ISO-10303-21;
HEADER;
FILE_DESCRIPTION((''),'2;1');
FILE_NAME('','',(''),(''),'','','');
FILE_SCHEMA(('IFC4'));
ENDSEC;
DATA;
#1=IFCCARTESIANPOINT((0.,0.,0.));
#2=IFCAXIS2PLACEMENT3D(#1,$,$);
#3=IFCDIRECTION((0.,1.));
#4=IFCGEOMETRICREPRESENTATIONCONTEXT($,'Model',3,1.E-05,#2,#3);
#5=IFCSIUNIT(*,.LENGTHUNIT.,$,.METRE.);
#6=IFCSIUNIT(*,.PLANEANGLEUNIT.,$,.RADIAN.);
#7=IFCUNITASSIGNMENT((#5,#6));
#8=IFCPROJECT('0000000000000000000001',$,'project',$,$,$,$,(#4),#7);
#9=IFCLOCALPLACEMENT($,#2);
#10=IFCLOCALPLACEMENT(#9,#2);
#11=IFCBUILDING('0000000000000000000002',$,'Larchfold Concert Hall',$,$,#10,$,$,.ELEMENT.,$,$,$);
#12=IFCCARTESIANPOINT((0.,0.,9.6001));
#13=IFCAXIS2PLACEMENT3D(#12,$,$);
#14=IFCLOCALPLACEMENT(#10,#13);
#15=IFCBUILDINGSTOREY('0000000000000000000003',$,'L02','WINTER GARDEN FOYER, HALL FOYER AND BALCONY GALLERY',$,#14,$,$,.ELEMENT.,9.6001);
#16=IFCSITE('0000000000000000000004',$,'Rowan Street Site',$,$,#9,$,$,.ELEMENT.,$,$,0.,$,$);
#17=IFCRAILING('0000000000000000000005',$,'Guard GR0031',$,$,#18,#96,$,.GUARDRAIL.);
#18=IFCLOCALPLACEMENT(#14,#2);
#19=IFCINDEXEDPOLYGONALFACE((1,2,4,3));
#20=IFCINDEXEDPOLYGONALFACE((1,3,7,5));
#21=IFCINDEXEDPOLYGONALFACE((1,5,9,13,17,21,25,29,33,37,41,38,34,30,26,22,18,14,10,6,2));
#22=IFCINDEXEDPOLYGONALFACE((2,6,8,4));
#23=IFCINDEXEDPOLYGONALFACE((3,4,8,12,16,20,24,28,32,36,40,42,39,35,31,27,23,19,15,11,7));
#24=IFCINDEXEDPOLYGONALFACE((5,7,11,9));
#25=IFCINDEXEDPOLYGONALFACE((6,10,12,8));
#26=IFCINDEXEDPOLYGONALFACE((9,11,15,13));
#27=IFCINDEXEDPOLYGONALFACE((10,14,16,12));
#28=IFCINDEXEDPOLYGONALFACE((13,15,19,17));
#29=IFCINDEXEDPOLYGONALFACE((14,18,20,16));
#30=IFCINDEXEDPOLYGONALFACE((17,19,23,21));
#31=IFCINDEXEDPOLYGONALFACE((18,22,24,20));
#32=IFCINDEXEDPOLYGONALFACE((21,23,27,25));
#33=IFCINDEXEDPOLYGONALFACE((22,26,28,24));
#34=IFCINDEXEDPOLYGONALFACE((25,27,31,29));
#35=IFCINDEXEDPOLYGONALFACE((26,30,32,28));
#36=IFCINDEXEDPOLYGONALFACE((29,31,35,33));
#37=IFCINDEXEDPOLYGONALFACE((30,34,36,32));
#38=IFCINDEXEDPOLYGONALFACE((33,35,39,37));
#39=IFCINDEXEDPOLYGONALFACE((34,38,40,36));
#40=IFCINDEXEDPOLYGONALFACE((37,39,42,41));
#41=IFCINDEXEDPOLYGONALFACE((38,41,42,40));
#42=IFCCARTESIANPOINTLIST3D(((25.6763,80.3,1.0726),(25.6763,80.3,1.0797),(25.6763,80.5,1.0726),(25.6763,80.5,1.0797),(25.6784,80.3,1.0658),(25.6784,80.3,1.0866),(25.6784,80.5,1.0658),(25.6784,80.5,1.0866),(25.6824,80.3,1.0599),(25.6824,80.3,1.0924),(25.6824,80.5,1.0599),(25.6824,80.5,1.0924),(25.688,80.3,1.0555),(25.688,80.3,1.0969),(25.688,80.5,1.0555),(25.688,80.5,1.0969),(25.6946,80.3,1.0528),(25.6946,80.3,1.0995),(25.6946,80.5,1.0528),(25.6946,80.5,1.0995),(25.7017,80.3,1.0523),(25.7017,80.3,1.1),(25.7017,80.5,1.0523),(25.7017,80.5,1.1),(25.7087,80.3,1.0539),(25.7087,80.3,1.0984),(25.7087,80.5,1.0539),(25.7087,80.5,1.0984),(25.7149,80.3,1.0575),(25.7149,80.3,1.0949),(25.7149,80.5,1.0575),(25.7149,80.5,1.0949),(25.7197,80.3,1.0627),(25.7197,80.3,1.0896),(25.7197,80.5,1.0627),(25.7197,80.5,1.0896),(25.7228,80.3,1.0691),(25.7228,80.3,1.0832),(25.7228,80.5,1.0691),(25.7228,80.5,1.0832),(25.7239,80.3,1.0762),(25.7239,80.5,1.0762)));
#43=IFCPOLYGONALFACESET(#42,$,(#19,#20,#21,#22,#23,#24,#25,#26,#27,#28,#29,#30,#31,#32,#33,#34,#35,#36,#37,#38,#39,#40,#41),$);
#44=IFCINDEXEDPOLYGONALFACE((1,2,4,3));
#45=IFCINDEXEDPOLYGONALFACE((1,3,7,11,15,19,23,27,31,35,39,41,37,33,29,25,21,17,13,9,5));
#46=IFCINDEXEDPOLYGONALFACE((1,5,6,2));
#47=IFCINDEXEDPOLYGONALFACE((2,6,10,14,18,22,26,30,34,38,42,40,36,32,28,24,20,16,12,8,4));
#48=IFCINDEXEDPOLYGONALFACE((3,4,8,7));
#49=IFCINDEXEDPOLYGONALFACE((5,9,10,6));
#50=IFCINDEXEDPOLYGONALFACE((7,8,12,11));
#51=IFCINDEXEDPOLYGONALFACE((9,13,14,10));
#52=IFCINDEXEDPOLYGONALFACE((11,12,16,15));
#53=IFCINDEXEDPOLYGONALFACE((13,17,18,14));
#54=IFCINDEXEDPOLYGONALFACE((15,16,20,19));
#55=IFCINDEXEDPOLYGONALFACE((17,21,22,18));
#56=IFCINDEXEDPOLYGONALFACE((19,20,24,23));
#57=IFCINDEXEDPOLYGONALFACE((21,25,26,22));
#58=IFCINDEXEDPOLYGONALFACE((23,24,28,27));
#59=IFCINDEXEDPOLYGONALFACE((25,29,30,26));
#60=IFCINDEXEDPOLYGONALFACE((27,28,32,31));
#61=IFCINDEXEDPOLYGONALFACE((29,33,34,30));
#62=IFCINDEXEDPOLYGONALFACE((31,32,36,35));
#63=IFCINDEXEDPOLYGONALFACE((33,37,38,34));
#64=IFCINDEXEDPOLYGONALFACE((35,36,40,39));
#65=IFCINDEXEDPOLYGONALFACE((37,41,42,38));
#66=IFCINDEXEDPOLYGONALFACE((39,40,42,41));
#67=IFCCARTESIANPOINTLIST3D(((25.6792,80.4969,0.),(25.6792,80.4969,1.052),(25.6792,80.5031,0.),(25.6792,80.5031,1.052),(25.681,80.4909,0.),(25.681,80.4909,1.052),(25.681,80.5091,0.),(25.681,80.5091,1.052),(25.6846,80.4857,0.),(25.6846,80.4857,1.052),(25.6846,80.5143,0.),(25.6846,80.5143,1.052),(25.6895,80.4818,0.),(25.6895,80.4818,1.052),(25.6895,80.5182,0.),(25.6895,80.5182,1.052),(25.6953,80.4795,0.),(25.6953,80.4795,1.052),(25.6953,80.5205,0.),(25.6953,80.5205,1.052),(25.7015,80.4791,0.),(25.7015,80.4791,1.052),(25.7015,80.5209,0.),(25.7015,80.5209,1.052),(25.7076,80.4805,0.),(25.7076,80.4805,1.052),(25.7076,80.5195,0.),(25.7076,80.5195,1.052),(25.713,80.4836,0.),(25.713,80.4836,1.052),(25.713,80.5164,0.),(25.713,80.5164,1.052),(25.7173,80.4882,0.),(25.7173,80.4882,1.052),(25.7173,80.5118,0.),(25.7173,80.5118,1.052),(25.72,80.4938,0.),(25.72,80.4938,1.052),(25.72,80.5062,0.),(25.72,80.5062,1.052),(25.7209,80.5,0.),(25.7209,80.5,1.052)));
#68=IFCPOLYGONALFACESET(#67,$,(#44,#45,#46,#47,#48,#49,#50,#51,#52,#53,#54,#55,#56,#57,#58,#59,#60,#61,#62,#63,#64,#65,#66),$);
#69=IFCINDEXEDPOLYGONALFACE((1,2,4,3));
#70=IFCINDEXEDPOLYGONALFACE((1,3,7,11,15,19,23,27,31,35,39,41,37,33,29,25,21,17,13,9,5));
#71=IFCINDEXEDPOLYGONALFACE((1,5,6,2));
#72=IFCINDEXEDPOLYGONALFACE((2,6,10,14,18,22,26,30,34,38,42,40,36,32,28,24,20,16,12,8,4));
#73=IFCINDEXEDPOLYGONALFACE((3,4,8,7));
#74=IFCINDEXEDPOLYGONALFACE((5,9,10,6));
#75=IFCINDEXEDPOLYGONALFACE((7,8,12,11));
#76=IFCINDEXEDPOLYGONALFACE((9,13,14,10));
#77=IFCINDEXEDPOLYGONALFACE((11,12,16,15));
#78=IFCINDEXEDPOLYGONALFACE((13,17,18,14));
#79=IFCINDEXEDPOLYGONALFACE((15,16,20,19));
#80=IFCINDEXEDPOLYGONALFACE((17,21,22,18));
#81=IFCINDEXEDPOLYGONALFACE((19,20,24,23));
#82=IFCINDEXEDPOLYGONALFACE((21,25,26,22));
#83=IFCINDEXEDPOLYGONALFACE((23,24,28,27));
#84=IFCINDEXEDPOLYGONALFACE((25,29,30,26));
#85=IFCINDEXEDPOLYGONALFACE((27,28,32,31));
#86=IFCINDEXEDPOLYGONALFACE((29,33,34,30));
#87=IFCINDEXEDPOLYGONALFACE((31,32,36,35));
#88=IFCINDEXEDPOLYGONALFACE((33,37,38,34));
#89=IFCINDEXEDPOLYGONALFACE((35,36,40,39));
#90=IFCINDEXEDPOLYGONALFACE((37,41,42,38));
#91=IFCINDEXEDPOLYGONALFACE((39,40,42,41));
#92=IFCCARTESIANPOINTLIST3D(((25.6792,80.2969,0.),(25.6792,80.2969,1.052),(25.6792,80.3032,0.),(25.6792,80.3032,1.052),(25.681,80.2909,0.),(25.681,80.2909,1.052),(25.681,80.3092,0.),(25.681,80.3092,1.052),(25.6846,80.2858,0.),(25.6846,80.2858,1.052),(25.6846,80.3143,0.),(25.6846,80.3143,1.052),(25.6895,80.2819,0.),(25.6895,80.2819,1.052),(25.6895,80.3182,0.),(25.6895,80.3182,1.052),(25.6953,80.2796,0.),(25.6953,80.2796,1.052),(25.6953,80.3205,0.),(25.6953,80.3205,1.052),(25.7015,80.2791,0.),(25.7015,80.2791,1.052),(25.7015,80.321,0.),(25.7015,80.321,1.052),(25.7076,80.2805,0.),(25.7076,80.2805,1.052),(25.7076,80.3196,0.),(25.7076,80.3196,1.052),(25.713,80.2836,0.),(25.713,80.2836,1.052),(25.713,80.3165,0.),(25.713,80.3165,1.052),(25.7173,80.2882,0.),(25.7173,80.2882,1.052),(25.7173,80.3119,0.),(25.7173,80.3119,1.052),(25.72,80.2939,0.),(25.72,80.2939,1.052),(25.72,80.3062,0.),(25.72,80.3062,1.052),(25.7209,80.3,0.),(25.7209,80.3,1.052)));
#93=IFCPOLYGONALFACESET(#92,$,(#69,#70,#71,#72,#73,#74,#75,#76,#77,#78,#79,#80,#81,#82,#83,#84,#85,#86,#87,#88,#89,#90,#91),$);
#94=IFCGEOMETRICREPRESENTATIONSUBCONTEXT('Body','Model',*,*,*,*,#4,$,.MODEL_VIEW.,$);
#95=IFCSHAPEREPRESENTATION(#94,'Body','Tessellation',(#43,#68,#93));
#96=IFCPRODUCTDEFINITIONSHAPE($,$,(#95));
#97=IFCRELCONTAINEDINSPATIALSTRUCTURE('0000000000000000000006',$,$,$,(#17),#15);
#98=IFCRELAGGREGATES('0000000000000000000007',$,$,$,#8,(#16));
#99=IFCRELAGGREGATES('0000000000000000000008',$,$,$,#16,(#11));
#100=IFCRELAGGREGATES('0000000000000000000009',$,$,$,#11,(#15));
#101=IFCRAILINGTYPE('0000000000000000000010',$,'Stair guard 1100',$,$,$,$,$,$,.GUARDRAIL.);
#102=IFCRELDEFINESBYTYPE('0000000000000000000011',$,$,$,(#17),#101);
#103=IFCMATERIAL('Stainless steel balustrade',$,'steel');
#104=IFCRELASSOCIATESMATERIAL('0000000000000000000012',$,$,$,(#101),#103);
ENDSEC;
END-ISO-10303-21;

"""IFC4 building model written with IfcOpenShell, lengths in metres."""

from ifc_helpers import new_model, si_unit, direction, frame, origin, origin_2d, place, context, subcontext, project, spatial, circle, extrude, material, type_object, element, save


model = new_model("IFC4")

# Units and contexts
model_context = context("Model", 3, precision=1e-05, world=origin(), true_north=direction((0.0, 1.0)))
body_context = subcontext(model_context, "Body", "Model", "MODEL_VIEW")
ifc_project = project(units=[si_unit("LENGTHUNIT", "METRE"), si_unit("PLANEANGLEUNIT", "RADIAN")], contexts=[model_context])

# Site, building, storey
site_placement = place(None, origin())
site = spatial("IfcSite", under=ifc_project, at=site_placement, Name="Rowan Street Site", CompositionType="ELEMENT", RefElevation=0.0)
building_placement = place(site_placement, origin())
building = spatial("IfcBuilding", under=site, at=building_placement, Name="Larchfold Concert Hall", CompositionType="ELEMENT")
storey_placement = place(building_placement, frame((0.0, 0.0, 9.6001)))
storey = spatial("IfcBuildingStorey", under=building, at=storey_placement, Name="L02", Description="WINTER GARDEN FOYER, HALL FOYER AND BALCONY GALLERY", CompositionType="ELEMENT", Elevation=9.6001)

# Railing
ifc_material_1 = material(Name="Stainless steel balustrade", Category="steel")
railing_type_1 = type_object("IfcRailingType", Name="Stair guard 1100", PredefinedType="GUARDRAIL", material=ifc_material_1)
railing_1_placement = place(storey_placement, frame((25.7, 80.5, 0.0)))
element("IfcRailing", 1, at=railing_1_placement, inside=storey, type_object=railing_type_1, Name="Guard GR0031", PredefinedType="GUARDRAIL", context=body_context, shape_type="SweptSolid", body=[
    extrude(circle(Radius=0.0239, at=origin_2d()), frame((0.0, 0.0, 1.0762), z_axis=(0.0, -1.0, 0.0), x_axis=(1.0, 0.0, 0.0)), (0.0, 0.0, 1.0), 0.2),
    extrude(circle(Radius=0.021, at=origin_2d()), origin(), (0.0, 0.0, 1.0), 1.052),
    extrude(circle(Radius=0.021, at=origin_2d()), frame((0.0, -0.2, 0.0)), (0.0, 0.0, 1.0), 1.052),
])

save(model, "model.ifc")
